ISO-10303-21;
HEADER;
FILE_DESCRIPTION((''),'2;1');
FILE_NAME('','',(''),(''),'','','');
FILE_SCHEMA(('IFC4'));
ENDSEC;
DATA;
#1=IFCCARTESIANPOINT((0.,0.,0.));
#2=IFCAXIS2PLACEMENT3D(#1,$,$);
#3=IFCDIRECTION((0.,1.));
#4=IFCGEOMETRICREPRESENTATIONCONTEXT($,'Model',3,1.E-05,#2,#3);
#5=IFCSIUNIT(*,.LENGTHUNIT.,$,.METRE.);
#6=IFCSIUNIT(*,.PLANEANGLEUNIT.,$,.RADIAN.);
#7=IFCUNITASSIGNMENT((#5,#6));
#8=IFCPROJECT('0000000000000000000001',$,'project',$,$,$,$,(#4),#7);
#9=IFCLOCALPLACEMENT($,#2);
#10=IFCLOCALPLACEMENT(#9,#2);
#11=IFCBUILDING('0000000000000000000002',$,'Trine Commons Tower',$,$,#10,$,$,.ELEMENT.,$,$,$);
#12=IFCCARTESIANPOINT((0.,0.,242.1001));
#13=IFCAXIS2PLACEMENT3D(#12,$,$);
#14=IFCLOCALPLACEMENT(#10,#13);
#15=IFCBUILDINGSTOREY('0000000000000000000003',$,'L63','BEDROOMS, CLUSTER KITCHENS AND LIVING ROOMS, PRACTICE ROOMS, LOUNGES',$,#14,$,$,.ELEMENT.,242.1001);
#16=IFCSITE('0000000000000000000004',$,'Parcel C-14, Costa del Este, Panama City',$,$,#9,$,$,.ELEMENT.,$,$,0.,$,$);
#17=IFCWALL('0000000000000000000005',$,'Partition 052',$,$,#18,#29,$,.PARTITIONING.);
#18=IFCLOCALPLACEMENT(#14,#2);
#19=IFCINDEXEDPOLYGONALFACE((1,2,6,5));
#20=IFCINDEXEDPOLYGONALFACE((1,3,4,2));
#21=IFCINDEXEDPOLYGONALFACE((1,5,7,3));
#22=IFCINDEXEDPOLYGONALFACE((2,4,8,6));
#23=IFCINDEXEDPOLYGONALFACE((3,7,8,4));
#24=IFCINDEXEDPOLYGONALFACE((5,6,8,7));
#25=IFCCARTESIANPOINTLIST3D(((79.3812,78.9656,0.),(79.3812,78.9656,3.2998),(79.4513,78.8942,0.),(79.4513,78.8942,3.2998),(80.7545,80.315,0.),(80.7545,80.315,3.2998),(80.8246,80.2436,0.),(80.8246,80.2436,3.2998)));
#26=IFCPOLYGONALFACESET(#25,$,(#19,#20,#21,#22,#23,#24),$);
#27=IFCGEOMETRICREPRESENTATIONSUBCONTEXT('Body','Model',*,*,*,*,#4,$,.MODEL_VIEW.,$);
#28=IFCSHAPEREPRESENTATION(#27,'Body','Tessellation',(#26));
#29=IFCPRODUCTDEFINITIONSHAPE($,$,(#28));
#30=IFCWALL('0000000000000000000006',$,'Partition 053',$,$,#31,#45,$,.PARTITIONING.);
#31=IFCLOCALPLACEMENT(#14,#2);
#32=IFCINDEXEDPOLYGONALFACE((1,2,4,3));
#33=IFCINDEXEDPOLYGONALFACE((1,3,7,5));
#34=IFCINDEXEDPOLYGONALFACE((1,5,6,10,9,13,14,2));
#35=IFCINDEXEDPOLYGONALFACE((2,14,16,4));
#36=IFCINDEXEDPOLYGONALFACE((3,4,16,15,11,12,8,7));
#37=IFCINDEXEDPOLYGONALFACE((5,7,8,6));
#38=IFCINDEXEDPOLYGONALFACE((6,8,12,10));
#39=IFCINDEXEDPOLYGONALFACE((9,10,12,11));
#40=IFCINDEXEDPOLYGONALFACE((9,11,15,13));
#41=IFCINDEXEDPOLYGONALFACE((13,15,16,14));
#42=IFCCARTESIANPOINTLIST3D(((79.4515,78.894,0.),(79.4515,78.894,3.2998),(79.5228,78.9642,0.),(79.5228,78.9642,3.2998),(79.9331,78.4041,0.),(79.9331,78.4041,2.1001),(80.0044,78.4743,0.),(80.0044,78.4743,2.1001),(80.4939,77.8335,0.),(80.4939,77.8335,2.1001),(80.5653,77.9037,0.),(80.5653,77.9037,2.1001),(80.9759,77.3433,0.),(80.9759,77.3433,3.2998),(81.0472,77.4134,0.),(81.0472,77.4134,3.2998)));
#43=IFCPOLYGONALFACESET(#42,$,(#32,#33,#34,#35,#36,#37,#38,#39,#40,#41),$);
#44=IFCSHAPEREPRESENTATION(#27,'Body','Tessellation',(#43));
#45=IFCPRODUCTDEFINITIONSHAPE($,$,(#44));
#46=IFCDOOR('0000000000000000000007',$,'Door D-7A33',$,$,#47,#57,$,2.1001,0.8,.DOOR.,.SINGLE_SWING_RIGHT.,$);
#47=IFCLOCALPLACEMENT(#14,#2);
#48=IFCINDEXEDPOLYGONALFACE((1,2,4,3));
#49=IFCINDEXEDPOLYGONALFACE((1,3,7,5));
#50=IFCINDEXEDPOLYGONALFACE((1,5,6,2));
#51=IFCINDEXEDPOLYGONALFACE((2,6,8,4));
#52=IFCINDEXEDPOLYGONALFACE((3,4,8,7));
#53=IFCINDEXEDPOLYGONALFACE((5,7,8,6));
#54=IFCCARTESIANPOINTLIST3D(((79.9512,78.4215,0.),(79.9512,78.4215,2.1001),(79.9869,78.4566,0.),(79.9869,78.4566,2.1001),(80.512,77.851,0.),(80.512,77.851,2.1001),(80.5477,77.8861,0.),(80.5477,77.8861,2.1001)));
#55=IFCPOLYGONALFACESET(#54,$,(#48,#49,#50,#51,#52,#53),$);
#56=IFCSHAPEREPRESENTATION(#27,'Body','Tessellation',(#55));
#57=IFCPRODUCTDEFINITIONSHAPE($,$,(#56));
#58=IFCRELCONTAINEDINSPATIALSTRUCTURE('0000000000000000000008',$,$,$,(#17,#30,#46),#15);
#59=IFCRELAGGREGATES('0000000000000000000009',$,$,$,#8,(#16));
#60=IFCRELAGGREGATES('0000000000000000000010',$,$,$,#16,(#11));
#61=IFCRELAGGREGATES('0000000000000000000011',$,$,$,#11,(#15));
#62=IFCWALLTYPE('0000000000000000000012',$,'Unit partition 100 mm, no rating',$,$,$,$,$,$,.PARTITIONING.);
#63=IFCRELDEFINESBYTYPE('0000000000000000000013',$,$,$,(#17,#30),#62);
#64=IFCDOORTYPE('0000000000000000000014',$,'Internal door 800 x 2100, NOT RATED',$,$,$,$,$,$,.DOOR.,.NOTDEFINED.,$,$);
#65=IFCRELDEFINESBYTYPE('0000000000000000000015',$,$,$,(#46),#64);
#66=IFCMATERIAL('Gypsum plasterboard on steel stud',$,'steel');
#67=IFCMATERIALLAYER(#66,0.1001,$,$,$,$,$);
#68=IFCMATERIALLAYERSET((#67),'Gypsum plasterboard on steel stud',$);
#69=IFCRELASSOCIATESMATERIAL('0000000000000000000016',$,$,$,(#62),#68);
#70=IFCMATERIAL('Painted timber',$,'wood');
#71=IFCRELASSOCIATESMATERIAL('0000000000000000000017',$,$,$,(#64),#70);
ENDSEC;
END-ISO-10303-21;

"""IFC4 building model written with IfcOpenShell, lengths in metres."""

from ifc_helpers import new_model, si_unit, direction, frame, frame_2d, origin, place, context, subcontext, project, spatial, rectangle, extrude, material, layer, layer_set, type_object, element, fill, save


model = new_model("IFC4")

# Units and contexts
model_context = context("Model", 3, precision=1e-05, world=origin(), true_north=direction((0.0, 1.0)))
body_context = subcontext(model_context, "Body", "Model", "MODEL_VIEW")
ifc_project = project(units=[si_unit("LENGTHUNIT", "METRE"), si_unit("PLANEANGLEUNIT", "RADIAN")], contexts=[model_context])

# Site, building, storey
site_placement = place(None, origin())
site = spatial("IfcSite", under=ifc_project, at=site_placement, Name="Parcel C-14, Costa del Este, Panama City", CompositionType="ELEMENT", RefElevation=0.0)
building_placement = place(site_placement, origin())
building = spatial("IfcBuilding", under=site, at=building_placement, Name="Trine Commons Tower", CompositionType="ELEMENT")
storey_placement = place(building_placement, frame((0.0, 0.0, 242.1001)))
storey = spatial("IfcBuildingStorey", under=building, at=storey_placement, Name="L63", Description="BEDROOMS, CLUSTER KITCHENS AND LIVING ROOMS, PRACTICE ROOMS, LOUNGES", CompositionType="ELEMENT", Elevation=242.1001)

# Shared definitions
ifc_material_1 = material(Name="Gypsum plasterboard on steel stud", Category="steel")

# Shared definitions
ifc_material_2 = material(Name="Painted timber", Category="wood")

# Shared definitions
ifc_layer_1 = layer(ifc_material_1, 0.1001)
ifc_layer_set_1 = layer_set([ifc_layer_1], Name="Gypsum plasterboard on steel stud")
wall_type_1 = type_object("IfcWallType", Name="Unit partition 100 mm, no rating", PredefinedType="PARTITIONING", material=ifc_layer_set_1)
door_type_1 = type_object("IfcDoorType", Name="Internal door 800 x 2100, NOT RATED", OperationType="NOTDEFINED", PredefinedType="DOOR", material=ifc_material_2)

# Wall
wall_1_placement = place(storey_placement, frame((79.4163, 78.9299, 0.0), z_axis=(0.0, 0.0, 1.0), x_axis=(0.713293, 0.700866, 0.0)))
element("IfcWall", 1, at=wall_1_placement, inside=storey, type_object=wall_type_1, Name="Partition 052", PredefinedType="PARTITIONING", context=body_context, shape_type="SweptSolid", body=[
    extrude(rectangle(XDim=1.9253, YDim=0.1001, at=frame_2d((0.9626, 0.0))), origin(), (0.0, 0.0, 1.0), 3.2998),
])

# Wall, opening, door
wall_2_placement = place(storey_placement, frame((79.4871, 78.9292, 0.0), z_axis=(0.0, 0.0, 1.0), x_axis=(0.701018, -0.713143, 0.0)))
wall_2 = element("IfcWall", 2, at=wall_2_placement, inside=storey, type_object=wall_type_1, Name="Partition 053", PredefinedType="PARTITIONING", context=body_context, shape_type="SweptSolid", body=[
    extrude(rectangle(XDim=2.1746, YDim=0.1001, at=frame_2d((1.0874, 0.0))), origin(), (0.0, 0.0, 1.0), 3.2998),
])
opening_1_placement = place(wall_2_placement, frame((0.6873, 0.0, 0.0)))
opening_1 = element("IfcOpeningElement", 3, at=opening_1_placement, cuts=wall_2, PredefinedType="OPENING", context=body_context, shape_type="SweptSolid", body=[
    extrude(rectangle(XDim=0.8, YDim=2.1001, at=frame_2d((0.3999, 1.05))), frame((0.0, 0.0601, 0.0), z_axis=(0.0, -1.0, 0.0), x_axis=(1.0, 0.0, 0.0)), (0.0, 0.0, 1.0), 0.1201),
])
door_1_placement = place(opening_1_placement, frame((0.8, 0.0, 0.0), z_axis=(0.0, 0.0, 1.0), x_axis=(-1.0, 0.0, 0.0)))
door_1 = element("IfcDoor", 4, at=door_1_placement, inside=storey, type_object=door_type_1, Name="Door D-7A33", OperationType="SINGLE_SWING_RIGHT", OverallHeight=2.1001, OverallWidth=0.8, PredefinedType="DOOR", context=body_context, shape_type="SweptSolid", body=[
    extrude(rectangle(XDim=0.8, YDim=2.1001, at=frame_2d((0.3999, 1.05))), frame((0.0, 0.0249, 0.0), z_axis=(0.0, -1.0, 0.0), x_axis=(1.0, 0.0, 0.0)), (0.0, 0.0, 1.0), 0.05),
])
fill(opening_1, door_1)

save(model, "model.ifc")
